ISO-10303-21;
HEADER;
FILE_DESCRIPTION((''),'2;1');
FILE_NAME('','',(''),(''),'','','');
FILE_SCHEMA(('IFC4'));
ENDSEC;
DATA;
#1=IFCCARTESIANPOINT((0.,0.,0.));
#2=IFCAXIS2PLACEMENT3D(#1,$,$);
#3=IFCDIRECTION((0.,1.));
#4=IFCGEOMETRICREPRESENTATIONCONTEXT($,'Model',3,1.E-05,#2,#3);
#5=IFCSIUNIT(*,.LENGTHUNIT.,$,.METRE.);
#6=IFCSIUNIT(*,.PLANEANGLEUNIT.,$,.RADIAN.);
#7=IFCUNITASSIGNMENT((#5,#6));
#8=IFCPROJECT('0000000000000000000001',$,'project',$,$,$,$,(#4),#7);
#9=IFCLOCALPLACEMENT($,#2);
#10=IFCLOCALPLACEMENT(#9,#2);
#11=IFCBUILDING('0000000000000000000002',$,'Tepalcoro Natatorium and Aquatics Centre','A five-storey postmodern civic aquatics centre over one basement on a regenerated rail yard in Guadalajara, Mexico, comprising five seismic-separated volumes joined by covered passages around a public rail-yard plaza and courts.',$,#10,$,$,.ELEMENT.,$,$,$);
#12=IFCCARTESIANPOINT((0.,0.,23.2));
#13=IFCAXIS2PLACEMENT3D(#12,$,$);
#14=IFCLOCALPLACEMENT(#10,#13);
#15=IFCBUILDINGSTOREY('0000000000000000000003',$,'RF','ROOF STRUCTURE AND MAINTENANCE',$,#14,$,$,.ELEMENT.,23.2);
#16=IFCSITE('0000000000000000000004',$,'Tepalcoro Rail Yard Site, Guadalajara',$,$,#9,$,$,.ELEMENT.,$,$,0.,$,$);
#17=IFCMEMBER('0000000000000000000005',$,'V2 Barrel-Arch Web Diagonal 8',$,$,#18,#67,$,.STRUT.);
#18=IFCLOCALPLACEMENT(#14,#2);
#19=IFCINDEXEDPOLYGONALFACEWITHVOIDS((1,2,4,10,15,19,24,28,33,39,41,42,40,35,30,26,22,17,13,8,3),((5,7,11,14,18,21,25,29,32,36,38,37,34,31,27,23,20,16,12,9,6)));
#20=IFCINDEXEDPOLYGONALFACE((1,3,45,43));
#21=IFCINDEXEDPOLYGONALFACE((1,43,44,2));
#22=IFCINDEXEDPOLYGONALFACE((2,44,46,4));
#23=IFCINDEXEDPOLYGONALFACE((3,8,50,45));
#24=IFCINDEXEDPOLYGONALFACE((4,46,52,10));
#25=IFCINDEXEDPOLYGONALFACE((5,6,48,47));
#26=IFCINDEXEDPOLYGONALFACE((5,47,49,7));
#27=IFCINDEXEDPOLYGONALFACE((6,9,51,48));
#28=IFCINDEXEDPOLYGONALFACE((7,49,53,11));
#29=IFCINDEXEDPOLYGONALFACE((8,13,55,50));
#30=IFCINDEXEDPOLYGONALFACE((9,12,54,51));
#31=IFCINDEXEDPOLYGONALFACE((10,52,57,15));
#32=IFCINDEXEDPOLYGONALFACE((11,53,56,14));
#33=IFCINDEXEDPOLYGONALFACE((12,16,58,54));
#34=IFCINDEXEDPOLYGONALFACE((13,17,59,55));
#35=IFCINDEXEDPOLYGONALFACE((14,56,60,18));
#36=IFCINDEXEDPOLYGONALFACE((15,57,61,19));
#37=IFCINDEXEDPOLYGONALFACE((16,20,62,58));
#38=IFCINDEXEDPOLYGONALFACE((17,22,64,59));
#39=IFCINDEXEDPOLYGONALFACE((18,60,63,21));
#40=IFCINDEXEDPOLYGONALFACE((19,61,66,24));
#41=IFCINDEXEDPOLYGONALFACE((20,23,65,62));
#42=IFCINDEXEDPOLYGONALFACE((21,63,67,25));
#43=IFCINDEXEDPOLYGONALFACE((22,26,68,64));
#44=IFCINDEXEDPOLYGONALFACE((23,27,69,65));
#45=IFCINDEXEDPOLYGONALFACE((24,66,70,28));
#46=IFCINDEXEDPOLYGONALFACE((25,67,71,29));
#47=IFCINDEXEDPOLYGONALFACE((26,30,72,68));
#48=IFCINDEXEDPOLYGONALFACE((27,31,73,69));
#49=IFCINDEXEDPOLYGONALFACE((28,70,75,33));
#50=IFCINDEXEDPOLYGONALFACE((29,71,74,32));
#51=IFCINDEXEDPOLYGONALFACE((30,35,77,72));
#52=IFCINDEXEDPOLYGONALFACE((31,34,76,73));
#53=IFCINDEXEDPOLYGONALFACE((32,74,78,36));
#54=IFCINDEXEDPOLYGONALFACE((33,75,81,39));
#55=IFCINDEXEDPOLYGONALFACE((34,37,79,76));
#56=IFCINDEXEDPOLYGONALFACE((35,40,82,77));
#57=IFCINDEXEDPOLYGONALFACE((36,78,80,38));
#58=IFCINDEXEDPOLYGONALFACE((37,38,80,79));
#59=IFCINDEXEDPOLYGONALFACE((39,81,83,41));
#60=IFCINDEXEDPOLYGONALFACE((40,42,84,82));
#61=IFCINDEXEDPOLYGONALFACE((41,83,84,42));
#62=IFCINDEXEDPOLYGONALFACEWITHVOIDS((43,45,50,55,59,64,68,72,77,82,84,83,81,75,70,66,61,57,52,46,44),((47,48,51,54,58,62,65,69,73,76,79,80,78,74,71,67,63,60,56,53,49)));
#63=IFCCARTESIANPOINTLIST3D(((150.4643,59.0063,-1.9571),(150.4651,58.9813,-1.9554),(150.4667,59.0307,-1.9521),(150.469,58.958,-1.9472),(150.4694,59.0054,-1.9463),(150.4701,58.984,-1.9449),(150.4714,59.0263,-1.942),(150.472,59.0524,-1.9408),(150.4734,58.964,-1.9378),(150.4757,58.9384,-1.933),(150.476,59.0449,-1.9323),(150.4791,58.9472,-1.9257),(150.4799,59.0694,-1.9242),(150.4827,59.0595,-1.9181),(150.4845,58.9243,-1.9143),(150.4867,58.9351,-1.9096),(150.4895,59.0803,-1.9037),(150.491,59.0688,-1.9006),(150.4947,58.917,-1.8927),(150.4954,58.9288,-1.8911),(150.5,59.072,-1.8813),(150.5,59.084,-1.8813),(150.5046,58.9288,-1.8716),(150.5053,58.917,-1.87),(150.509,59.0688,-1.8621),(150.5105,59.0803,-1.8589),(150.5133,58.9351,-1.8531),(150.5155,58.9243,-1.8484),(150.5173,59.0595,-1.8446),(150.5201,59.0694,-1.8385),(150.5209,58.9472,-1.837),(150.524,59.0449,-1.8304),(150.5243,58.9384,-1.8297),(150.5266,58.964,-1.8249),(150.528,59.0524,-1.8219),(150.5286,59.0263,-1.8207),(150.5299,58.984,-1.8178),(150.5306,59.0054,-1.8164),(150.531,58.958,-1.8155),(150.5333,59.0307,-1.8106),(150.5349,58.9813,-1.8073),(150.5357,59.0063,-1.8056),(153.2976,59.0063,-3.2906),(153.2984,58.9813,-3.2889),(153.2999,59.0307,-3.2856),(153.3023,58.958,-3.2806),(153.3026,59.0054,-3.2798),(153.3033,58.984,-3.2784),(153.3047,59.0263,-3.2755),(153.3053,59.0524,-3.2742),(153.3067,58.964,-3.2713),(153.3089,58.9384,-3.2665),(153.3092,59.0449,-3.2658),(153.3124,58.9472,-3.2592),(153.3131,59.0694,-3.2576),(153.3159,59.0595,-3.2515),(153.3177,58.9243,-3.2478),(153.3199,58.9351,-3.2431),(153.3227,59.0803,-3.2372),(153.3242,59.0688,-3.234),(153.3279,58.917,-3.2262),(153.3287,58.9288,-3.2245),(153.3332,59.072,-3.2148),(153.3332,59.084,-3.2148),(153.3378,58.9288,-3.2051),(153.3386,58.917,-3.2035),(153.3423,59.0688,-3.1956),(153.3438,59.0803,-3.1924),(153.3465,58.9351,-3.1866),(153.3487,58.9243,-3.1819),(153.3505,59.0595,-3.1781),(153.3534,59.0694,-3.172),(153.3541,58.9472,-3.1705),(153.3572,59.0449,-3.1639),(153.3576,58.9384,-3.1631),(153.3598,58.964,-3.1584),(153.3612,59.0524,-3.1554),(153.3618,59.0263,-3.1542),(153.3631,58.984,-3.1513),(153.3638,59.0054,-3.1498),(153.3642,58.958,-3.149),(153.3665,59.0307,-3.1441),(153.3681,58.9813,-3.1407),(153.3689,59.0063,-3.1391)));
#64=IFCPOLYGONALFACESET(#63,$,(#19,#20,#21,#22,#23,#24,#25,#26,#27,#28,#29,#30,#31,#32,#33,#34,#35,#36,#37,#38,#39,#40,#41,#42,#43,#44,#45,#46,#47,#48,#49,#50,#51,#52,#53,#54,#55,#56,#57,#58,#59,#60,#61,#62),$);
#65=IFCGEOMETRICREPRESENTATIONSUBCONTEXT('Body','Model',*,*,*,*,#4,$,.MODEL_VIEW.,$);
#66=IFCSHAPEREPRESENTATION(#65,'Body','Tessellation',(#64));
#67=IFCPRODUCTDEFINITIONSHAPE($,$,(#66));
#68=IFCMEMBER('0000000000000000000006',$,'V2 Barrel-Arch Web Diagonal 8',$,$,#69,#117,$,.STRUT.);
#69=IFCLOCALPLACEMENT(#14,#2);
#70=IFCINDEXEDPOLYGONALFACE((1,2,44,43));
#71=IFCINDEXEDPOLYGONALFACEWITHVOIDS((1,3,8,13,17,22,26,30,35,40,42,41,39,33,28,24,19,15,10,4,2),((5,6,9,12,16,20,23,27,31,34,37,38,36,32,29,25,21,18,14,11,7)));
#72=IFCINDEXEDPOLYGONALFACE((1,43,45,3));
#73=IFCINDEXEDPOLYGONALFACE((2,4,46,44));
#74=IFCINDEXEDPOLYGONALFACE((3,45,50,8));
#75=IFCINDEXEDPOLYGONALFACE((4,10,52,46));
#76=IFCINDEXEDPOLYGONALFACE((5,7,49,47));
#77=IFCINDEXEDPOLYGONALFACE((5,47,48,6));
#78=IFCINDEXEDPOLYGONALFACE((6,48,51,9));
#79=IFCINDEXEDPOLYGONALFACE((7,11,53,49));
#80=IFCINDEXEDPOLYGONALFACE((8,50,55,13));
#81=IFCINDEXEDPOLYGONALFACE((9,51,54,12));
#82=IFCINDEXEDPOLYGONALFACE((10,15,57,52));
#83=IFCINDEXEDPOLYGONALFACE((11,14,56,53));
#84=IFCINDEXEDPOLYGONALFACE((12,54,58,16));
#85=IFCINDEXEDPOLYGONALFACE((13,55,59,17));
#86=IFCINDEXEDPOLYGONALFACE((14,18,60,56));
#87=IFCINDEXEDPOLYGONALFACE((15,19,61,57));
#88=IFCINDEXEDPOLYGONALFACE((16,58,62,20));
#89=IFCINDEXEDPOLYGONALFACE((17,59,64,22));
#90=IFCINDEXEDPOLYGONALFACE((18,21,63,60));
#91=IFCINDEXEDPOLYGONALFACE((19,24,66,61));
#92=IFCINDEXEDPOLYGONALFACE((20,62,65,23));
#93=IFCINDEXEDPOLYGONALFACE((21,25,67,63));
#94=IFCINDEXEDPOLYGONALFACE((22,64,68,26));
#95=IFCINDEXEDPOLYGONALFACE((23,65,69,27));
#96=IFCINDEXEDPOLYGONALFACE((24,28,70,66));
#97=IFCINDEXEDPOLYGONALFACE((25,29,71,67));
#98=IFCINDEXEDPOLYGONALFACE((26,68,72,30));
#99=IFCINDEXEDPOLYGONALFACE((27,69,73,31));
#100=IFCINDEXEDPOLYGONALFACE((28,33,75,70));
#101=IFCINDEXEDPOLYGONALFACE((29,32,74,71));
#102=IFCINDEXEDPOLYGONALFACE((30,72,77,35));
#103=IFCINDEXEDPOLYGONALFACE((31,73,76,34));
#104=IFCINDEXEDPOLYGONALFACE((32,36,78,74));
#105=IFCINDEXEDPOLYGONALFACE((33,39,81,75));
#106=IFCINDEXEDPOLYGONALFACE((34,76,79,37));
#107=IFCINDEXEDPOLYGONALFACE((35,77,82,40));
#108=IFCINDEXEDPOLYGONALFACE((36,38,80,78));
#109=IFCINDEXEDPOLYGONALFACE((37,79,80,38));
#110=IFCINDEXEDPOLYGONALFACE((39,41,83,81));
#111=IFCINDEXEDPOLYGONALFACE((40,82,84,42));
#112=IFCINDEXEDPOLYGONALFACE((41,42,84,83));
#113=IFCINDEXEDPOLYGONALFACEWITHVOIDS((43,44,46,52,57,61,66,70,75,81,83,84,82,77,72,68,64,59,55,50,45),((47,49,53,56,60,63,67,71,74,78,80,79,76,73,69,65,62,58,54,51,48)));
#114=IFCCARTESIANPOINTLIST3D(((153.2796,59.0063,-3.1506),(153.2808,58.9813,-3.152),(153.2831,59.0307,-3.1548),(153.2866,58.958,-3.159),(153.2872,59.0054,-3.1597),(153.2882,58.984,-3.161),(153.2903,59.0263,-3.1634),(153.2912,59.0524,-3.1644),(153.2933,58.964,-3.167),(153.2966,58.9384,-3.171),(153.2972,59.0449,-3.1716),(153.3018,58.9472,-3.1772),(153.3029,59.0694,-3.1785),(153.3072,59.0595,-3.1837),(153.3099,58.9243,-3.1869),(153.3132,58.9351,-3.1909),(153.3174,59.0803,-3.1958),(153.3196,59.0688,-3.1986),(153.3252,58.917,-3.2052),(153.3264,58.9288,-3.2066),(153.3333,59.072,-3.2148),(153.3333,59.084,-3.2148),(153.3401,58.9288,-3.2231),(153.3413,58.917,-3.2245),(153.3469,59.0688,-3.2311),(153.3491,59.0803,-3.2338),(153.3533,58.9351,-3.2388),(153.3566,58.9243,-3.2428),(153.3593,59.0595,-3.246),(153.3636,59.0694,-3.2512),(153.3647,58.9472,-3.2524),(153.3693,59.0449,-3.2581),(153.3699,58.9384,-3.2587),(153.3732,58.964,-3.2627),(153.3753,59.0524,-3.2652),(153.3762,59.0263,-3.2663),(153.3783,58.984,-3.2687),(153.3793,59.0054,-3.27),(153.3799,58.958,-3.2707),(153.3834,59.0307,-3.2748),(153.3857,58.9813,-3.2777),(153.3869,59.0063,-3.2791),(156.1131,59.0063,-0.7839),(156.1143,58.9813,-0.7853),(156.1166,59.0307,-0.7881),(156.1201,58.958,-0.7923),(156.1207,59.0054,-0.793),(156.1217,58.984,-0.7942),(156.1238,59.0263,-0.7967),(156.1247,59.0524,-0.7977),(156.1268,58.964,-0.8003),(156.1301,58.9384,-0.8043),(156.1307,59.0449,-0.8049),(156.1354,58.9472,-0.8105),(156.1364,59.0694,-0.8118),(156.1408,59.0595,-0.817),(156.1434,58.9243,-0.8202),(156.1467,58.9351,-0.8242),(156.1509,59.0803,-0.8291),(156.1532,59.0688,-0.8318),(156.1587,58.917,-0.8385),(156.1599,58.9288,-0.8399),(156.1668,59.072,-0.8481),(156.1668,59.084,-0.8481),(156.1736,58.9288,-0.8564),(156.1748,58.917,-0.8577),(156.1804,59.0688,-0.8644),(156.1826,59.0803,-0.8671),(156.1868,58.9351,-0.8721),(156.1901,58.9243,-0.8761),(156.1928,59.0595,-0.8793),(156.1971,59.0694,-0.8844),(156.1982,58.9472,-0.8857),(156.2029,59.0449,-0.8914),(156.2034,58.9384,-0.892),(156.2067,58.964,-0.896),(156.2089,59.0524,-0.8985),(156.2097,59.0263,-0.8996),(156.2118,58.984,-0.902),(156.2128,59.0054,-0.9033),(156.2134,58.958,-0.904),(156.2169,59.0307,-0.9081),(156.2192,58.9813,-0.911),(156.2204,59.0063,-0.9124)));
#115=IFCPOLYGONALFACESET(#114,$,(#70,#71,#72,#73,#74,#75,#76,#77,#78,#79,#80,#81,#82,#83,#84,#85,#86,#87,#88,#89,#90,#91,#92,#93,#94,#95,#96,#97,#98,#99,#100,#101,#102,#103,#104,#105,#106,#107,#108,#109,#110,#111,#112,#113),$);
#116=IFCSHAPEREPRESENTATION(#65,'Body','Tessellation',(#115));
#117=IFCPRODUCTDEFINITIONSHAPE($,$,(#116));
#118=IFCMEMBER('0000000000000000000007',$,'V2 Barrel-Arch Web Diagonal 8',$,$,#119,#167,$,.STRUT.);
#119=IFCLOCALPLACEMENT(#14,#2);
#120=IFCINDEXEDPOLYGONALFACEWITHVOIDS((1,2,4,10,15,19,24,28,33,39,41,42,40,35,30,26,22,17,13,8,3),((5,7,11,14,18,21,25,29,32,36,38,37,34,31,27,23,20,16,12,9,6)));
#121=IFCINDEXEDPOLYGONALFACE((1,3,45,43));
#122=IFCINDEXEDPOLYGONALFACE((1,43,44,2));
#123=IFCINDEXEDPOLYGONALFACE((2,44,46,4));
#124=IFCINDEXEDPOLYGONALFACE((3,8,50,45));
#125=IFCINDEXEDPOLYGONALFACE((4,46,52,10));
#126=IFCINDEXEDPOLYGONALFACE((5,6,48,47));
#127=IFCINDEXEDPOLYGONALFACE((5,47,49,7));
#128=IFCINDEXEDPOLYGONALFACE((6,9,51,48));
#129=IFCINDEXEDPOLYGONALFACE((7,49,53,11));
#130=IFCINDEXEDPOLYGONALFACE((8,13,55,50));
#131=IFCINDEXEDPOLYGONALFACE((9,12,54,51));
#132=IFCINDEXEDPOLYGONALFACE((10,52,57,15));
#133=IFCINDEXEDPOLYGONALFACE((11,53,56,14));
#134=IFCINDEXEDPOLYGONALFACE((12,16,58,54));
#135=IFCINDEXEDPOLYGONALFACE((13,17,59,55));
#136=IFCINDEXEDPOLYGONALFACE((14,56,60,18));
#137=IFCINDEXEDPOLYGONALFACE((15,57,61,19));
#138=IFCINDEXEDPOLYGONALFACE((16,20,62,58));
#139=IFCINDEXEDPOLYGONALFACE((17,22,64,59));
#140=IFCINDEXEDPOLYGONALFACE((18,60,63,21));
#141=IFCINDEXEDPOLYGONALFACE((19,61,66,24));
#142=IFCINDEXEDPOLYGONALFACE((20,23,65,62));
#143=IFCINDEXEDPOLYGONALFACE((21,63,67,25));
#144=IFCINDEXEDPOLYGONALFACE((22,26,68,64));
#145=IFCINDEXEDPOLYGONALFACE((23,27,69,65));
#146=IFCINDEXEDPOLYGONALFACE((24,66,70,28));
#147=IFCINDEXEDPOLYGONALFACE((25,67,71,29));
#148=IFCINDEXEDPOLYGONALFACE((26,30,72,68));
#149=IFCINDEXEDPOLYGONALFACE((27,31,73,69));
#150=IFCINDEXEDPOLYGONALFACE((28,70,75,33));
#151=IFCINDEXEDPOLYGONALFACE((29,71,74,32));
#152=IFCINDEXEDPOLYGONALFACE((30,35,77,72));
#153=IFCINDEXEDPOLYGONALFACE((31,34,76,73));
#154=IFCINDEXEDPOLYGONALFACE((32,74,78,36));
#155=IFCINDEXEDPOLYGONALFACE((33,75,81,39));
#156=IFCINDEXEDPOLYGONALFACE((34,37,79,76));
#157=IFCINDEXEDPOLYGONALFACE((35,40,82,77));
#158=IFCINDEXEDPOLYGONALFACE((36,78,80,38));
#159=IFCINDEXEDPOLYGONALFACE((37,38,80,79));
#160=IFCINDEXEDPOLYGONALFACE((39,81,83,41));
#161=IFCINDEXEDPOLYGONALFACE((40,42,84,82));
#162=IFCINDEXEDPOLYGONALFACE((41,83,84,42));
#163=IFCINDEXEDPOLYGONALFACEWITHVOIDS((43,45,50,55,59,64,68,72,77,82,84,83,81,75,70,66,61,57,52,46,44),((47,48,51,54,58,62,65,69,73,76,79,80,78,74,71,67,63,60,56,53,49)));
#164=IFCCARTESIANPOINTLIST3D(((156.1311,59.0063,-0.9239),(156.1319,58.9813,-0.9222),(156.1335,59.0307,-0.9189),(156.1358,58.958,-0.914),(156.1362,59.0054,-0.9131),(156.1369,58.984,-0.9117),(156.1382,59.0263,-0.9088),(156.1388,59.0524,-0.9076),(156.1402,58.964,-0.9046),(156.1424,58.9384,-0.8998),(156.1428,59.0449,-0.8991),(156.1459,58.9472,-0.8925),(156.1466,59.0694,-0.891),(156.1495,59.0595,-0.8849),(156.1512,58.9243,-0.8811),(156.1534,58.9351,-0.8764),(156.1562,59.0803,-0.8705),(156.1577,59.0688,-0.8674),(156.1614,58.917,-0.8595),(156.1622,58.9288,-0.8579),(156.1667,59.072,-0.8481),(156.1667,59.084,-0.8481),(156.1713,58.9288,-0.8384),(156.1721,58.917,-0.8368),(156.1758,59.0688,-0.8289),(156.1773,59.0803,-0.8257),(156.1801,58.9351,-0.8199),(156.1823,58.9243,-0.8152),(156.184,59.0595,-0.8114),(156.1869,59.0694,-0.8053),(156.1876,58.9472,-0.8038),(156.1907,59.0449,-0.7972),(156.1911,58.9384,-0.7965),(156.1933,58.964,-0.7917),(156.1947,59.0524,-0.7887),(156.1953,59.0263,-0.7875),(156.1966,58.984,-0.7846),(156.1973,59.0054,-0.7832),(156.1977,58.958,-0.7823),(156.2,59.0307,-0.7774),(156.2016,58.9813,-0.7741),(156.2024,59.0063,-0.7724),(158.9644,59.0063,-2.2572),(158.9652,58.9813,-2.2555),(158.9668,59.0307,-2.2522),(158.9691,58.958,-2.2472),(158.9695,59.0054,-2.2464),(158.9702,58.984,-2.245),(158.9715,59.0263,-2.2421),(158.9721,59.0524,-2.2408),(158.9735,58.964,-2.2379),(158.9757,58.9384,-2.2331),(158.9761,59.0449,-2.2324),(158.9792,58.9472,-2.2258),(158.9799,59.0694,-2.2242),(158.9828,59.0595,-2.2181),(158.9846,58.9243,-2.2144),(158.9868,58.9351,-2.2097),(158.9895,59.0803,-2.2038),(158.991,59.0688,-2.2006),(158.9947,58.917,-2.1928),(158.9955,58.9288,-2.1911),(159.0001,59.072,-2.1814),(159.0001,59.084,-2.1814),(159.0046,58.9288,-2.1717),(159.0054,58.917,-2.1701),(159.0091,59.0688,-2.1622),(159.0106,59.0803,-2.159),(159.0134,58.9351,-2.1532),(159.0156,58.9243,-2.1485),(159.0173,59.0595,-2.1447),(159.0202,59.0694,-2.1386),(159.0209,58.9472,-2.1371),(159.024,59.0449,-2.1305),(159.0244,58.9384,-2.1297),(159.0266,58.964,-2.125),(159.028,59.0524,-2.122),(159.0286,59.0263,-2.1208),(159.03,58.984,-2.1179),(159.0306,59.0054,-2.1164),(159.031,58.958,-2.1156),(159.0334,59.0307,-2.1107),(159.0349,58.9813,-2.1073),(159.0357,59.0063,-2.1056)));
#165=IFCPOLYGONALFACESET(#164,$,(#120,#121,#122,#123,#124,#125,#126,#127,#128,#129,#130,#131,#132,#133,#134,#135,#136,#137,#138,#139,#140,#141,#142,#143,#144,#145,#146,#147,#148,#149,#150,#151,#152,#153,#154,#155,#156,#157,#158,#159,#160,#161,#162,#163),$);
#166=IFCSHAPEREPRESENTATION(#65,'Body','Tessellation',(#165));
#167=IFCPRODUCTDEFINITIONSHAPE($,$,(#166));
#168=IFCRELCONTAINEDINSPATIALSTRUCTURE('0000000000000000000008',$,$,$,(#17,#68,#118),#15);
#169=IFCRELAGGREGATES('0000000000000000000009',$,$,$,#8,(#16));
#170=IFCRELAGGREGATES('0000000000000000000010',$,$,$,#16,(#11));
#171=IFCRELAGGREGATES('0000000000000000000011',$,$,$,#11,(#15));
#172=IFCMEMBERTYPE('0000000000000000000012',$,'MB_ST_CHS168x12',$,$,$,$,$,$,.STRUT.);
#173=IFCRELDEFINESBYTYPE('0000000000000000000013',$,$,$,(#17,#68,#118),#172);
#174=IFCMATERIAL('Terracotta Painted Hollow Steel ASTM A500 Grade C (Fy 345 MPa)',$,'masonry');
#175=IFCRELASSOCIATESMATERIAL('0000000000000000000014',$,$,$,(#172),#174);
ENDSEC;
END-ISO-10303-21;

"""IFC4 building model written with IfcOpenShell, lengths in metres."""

from ifc_helpers import new_model, si_unit, direction, frame, origin, origin_2d, place, context, subcontext, project, spatial, hollow_circle, extrude, material, material_profile, profile_set, type_object, element, save


model = new_model("IFC4")

# Units and contexts
model_context = context("Model", 3, precision=1e-05, world=origin(), true_north=direction((0.0, 1.0)))
body_context = subcontext(model_context, "Body", "Model", "MODEL_VIEW")
ifc_project = project(units=[si_unit("LENGTHUNIT", "METRE"), si_unit("PLANEANGLEUNIT", "RADIAN")], contexts=[model_context])

# Site, building, storey
site_placement = place(None, origin())
site = spatial("IfcSite", under=ifc_project, at=site_placement, Name="Tepalcoro Rail Yard Site, Guadalajara", CompositionType="ELEMENT", RefElevation=0.0)
building_placement = place(site_placement, origin())
building = spatial("IfcBuilding", under=site, at=building_placement, Name="Tepalcoro Natatorium and Aquatics Centre", Description="A five-storey postmodern civic aquatics centre over one basement on a regenerated rail yard in Guadalajara, Mexico, comprising five seismic-separated volumes joined by covered passages around a public rail-yard plaza and courts.", CompositionType="ELEMENT")
storey_placement = place(building_placement, frame((0.0, 0.0, 23.2)))
storey = spatial("IfcBuildingStorey", under=building, at=storey_placement, Name="RF", Description="ROOF STRUCTURE AND MAINTENANCE", CompositionType="ELEMENT", Elevation=23.2)

# Shared definitions
ifc_material_1 = material(Name="Terracotta Painted Hollow Steel ASTM A500 Grade C (Fy 345 MPa)", Category="masonry")

# Members
ifc_material_profile_1 = material_profile(ifc_material_1, hollow_circle(Radius=0.084, WallThickness=0.012, at=origin_2d()), Name="CHS168X12")
ifc_profile_set_1 = profile_set([ifc_material_profile_1], Name="Terracotta Painted Hollow Steel ASTM A500 Grade C (Fy 345 MPa)")
member_type_1 = type_object("IfcMemberType", Name="MB_ST_CHS168x12", PredefinedType="STRUT", material=ifc_profile_set_1)
member_1_placement = place(storey_placement, frame((150.5, 59.0, -1.8813), z_axis=(0.904794, 0.0, -0.42585), x_axis=(0.0, 1.0, 0.0)))
element("IfcMember", 1, at=member_1_placement, inside=storey, type_object=member_type_1, Name="V2 Barrel-Arch Web Diagonal 8", PredefinedType="STRUT", context=body_context, shape_type="SweptSolid", body=[
    extrude(hollow_circle(Radius=0.084, WallThickness=0.012, at=origin_2d()), origin(), (0.0, 0.0, 1.0), 3.1313),
])
member_2_placement = place(storey_placement, frame((153.3333, 59.0, -3.2148), z_axis=(0.767494, 0.0, 0.641056), x_axis=(0.0, 1.0, 0.0)))
element("IfcMember", 2, at=member_2_placement, inside=storey, type_object=member_type_1, Name="V2 Barrel-Arch Web Diagonal 8", PredefinedType="STRUT", context=body_context, shape_type="SweptSolid", body=[
    extrude(hollow_circle(Radius=0.084, WallThickness=0.012, at=origin_2d()), origin(), (0.0, 0.0, 1.0), 3.6919),
])
member_3_placement = place(storey_placement, frame((156.1667, 59.0, -0.8481), z_axis=(0.904824, 0.0, -0.425786), x_axis=(0.0, 1.0, 0.0)))
element("IfcMember", 3, at=member_3_placement, inside=storey, type_object=member_type_1, Name="V2 Barrel-Arch Web Diagonal 8", PredefinedType="STRUT", context=body_context, shape_type="SweptSolid", body=[
    extrude(hollow_circle(Radius=0.084, WallThickness=0.012, at=origin_2d()), origin(), (0.0, 0.0, 1.0), 3.1313),
])

save(model, "model.ifc")
